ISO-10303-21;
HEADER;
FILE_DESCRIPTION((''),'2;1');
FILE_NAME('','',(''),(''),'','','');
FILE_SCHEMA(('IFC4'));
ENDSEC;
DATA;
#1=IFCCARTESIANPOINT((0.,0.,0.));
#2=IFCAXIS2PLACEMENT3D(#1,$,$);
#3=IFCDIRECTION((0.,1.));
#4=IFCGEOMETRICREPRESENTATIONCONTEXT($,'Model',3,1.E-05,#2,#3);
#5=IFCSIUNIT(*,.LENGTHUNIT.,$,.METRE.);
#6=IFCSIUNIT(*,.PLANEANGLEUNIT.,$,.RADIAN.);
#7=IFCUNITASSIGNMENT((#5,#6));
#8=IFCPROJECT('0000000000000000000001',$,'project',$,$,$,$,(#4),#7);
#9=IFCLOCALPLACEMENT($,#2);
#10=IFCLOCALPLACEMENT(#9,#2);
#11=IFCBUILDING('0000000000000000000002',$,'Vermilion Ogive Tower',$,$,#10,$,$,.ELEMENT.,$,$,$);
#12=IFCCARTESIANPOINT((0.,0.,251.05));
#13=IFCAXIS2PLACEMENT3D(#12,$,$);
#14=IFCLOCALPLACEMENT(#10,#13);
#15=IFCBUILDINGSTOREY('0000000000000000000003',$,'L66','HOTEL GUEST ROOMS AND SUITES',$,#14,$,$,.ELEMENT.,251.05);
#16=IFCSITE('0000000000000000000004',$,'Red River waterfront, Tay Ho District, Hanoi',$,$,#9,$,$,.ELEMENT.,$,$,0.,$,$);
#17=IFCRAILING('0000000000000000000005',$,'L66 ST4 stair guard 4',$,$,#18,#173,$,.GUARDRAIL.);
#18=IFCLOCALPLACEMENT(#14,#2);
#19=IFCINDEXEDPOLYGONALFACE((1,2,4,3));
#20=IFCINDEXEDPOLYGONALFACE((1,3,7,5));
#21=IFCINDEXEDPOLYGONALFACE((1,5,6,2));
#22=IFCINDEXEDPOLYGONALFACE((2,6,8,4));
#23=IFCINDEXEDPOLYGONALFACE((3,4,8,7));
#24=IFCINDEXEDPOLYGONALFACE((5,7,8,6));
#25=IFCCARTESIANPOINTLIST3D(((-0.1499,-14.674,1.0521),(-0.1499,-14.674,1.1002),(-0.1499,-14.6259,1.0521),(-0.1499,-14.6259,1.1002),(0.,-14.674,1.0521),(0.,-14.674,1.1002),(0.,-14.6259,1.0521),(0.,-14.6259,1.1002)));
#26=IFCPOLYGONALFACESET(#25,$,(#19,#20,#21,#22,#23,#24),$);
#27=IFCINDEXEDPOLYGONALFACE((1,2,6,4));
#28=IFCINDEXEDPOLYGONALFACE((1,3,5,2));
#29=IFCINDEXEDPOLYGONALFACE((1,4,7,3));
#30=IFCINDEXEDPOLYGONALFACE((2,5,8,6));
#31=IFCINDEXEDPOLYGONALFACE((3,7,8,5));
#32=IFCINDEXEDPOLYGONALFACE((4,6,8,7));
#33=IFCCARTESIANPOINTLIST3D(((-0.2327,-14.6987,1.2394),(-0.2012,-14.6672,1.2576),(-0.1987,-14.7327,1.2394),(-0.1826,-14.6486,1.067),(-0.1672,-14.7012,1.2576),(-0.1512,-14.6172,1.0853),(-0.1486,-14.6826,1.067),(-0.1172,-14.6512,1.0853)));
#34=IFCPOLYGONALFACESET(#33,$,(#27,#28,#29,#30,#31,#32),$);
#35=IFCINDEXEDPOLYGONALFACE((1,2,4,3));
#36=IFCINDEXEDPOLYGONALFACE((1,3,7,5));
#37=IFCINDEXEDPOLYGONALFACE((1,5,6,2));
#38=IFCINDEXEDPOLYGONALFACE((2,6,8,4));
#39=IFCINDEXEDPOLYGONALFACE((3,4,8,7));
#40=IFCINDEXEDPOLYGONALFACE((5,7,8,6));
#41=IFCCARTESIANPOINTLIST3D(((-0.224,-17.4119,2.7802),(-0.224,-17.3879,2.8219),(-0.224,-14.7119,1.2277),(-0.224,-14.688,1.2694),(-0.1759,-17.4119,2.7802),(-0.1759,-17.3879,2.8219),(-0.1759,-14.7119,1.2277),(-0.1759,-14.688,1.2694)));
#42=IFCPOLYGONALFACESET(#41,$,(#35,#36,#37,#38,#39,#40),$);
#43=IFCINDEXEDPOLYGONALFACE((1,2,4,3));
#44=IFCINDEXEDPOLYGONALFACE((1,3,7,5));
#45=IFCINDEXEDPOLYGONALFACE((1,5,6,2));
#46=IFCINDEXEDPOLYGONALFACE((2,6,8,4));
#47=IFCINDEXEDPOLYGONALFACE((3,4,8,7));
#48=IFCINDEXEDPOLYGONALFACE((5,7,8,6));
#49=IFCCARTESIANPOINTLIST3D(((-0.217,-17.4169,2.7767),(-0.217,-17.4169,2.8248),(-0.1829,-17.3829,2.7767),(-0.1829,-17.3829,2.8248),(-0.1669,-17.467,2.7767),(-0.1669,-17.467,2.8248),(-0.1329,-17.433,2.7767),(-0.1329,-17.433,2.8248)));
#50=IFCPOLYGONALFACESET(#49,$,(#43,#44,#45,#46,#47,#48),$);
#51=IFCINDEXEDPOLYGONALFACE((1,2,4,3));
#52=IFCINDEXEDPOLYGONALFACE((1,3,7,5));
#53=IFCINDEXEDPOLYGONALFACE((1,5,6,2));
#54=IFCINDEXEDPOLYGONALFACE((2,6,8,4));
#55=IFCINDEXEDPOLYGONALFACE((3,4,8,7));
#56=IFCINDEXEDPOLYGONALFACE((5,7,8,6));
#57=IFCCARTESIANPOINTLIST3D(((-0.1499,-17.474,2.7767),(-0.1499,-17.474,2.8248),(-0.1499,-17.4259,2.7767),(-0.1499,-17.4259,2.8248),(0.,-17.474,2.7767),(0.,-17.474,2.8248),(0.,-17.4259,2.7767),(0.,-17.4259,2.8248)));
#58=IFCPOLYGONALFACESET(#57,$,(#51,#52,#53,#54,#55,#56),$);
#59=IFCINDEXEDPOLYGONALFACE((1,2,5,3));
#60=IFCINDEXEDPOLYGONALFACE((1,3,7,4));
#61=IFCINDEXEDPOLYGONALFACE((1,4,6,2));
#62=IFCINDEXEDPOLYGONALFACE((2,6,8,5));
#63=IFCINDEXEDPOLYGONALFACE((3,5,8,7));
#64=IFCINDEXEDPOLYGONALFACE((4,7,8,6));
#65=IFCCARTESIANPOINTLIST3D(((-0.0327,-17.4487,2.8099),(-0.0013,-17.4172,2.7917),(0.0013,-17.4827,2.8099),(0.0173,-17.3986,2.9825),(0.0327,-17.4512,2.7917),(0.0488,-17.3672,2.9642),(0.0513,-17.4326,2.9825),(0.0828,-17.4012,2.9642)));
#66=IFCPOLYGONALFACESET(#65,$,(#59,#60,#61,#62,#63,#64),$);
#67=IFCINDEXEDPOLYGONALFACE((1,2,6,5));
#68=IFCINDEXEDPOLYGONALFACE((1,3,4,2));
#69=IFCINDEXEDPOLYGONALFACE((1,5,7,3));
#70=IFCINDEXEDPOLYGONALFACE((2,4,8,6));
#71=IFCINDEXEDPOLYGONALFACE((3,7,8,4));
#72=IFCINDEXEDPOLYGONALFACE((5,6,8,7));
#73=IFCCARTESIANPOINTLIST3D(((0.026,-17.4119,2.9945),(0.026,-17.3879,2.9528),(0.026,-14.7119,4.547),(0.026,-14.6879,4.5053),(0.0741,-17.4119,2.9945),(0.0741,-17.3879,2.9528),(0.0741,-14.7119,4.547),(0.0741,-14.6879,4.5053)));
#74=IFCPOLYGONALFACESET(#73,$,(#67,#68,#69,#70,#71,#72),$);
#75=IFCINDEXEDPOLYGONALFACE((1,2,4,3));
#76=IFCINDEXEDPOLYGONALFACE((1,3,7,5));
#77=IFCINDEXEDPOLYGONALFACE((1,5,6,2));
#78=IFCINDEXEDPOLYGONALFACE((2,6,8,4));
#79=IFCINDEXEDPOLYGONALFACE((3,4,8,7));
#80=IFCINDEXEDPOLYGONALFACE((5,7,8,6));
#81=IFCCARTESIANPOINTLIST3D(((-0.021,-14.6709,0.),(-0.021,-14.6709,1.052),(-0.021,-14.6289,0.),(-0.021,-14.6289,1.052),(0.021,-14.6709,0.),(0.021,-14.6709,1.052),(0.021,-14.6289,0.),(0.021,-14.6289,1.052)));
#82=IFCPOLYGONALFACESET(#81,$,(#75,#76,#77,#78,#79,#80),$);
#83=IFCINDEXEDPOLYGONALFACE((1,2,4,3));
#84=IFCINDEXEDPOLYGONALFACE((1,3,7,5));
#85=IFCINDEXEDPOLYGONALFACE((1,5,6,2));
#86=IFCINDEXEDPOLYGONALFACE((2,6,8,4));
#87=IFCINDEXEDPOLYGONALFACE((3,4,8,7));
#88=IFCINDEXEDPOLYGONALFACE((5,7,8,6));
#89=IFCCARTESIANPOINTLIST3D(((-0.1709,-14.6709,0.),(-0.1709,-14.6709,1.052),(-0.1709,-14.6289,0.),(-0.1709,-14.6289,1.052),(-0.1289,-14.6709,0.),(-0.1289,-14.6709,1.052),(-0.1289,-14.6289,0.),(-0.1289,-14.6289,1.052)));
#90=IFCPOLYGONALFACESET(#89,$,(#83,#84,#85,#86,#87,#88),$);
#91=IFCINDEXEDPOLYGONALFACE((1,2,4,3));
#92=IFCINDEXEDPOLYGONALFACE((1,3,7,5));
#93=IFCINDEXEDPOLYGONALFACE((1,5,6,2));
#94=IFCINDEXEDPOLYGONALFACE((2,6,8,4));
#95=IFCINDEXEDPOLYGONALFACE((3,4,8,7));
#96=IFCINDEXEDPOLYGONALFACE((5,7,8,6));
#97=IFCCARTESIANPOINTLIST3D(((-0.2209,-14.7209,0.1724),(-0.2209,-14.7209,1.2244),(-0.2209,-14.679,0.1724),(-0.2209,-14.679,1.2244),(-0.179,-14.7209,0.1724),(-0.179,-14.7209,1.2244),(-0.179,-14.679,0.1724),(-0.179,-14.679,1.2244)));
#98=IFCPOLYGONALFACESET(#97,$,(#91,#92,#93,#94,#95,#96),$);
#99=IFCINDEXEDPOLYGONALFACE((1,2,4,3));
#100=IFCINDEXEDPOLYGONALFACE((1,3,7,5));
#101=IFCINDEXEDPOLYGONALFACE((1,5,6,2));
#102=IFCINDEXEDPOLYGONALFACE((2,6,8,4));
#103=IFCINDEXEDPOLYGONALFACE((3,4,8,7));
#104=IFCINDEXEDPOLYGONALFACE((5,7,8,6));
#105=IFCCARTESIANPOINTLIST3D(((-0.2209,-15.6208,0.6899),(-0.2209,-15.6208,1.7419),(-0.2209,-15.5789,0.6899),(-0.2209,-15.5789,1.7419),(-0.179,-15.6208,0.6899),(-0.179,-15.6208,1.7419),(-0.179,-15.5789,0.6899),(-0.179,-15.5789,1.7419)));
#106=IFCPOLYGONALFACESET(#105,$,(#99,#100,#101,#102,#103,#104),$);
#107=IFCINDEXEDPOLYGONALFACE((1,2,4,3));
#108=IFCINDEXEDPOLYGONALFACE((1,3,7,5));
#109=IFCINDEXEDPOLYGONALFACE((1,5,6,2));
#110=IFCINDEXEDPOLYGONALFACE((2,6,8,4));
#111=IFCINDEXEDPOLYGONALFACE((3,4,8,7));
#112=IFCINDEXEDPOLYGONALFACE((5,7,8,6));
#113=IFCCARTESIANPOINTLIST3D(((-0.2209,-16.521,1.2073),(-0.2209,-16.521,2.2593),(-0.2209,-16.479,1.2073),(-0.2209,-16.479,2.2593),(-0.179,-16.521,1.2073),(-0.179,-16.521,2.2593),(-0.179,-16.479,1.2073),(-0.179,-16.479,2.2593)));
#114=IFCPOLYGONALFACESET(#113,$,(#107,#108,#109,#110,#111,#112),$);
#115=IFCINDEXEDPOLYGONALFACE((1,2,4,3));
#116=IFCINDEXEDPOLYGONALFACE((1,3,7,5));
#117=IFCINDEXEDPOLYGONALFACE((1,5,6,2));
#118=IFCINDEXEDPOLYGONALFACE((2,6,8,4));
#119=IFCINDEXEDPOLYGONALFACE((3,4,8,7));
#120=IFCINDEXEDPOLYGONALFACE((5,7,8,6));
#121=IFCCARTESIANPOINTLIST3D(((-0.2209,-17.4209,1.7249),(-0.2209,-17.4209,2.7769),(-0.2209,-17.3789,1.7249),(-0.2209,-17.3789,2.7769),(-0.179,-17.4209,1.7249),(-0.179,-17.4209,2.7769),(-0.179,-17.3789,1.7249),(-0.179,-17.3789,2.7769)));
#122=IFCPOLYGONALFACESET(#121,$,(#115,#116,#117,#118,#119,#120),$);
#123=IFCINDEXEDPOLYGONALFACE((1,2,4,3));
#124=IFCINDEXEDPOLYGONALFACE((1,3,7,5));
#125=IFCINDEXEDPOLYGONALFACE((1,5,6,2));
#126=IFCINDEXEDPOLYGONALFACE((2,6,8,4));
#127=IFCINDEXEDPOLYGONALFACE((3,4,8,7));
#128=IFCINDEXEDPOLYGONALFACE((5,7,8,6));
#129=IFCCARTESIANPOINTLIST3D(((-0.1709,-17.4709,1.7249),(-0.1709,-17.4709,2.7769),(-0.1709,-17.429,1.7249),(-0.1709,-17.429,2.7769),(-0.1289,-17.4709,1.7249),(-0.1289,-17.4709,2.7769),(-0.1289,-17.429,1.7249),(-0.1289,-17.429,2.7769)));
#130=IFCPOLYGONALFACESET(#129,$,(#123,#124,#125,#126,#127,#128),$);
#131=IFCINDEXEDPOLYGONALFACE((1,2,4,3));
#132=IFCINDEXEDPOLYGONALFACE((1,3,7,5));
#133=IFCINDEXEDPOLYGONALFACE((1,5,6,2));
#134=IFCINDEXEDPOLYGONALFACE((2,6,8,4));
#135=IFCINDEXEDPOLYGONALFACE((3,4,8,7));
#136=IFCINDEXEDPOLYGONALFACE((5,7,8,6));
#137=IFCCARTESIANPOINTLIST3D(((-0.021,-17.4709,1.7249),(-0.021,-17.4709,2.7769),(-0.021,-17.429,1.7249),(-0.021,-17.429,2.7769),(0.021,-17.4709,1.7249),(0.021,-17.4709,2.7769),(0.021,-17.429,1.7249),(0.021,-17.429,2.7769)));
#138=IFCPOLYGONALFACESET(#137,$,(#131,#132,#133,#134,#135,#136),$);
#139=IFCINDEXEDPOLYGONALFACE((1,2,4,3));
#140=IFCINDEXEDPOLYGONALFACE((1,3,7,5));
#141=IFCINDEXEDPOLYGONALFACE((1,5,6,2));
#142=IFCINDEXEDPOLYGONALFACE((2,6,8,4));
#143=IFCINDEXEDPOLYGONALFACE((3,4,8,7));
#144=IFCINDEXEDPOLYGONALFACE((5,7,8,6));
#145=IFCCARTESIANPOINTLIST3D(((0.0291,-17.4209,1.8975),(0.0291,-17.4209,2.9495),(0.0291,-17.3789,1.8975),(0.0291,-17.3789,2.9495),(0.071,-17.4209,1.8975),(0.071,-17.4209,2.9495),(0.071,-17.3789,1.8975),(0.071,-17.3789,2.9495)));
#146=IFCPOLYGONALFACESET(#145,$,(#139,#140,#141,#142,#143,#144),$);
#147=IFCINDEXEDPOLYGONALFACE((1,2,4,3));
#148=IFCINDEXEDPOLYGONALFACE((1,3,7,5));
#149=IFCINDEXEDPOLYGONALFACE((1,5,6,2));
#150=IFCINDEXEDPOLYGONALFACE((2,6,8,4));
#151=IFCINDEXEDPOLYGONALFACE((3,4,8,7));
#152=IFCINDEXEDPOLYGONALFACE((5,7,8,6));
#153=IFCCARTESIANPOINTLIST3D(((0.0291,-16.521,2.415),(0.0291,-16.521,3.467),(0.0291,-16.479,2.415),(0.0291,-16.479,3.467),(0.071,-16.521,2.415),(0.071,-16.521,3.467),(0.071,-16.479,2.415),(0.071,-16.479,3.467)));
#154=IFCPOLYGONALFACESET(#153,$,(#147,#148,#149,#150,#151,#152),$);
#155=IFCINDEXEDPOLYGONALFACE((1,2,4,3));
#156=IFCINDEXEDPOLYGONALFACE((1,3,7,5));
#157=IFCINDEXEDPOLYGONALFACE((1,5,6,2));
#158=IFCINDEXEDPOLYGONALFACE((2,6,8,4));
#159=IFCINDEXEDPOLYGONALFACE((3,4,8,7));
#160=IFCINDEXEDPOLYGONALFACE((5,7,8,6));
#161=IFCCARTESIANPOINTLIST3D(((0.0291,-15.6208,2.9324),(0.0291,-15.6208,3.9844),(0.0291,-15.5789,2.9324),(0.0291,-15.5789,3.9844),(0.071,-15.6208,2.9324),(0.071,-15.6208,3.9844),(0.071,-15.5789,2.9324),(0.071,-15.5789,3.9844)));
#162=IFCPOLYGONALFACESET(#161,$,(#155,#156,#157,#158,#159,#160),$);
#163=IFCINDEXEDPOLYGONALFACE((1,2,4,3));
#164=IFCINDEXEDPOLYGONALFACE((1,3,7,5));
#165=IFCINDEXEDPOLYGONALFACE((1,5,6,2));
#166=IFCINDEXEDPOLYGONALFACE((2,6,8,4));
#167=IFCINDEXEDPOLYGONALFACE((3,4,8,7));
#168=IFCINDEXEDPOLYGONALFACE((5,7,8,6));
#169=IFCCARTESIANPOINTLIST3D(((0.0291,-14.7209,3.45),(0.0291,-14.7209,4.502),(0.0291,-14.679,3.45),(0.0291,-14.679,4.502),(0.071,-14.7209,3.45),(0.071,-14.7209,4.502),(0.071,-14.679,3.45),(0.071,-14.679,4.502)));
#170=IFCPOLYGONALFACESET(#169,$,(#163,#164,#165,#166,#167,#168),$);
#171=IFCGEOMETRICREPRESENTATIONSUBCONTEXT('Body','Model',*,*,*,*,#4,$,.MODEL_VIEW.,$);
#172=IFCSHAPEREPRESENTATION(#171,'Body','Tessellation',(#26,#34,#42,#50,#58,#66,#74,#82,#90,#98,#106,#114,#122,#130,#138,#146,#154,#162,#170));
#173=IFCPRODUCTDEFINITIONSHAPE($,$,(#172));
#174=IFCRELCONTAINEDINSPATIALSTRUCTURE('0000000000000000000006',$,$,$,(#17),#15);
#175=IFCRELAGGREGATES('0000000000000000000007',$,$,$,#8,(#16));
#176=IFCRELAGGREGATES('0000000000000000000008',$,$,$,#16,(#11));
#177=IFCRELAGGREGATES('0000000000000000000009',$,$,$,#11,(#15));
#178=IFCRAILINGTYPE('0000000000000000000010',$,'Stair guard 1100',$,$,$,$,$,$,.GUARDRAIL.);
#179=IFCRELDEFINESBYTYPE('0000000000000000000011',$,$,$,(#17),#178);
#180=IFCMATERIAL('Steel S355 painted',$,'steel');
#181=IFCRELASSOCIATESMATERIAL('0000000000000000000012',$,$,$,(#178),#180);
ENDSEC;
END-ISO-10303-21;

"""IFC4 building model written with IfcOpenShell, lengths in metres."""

from ifc_helpers import new_model, si_unit, direction, frame, origin, origin_2d, place, context, subcontext, project, spatial, rectangle, extrude, material, type_object, element, save


model = new_model("IFC4")

# Units and contexts
model_context = context("Model", 3, precision=1e-05, world=origin(), true_north=direction((0.0, 1.0)))
body_context = subcontext(model_context, "Body", "Model", "MODEL_VIEW")
ifc_project = project(units=[si_unit("LENGTHUNIT", "METRE"), si_unit("PLANEANGLEUNIT", "RADIAN")], contexts=[model_context])

# Site, building, storey
site_placement = place(None, origin())
site = spatial("IfcSite", under=ifc_project, at=site_placement, Name="Red River waterfront, Tay Ho District, Hanoi", CompositionType="ELEMENT", RefElevation=0.0)
building_placement = place(site_placement, origin())
building = spatial("IfcBuilding", under=site, at=building_placement, Name="Vermilion Ogive Tower", CompositionType="ELEMENT")
storey_placement = place(building_placement, frame((0.0, 0.0, 251.05)))
storey = spatial("IfcBuildingStorey", under=building, at=storey_placement, Name="L66", Description="HOTEL GUEST ROOMS AND SUITES", CompositionType="ELEMENT", Elevation=251.05)

# Railing
ifc_material_1 = material(Name="Steel S355 painted", Category="steel")
railing_type_1 = type_object("IfcRailingType", Name="Stair guard 1100", PredefinedType="GUARDRAIL", material=ifc_material_1)
railing_1_placement = place(storey_placement, frame((0.0, -14.6499, 0.0)))
element("IfcRailing", 1, at=railing_1_placement, inside=storey, type_object=railing_type_1, Name="L66 ST4 stair guard 4", PredefinedType="GUARDRAIL", context=body_context, shape_type="SweptSolid", body=[
    extrude(rectangle(XDim=0.0481, YDim=0.0481, at=origin_2d()), frame((0.0, 0.0, 1.0762), z_axis=(-1.0, 0.0, 0.0), x_axis=(0.0, -1.0, 0.0)), (0.0, 0.0, 1.0), 0.1499),
    extrude(rectangle(XDim=0.0481, YDim=0.0481, at=origin_2d()), frame((-0.1499, 0.0, 1.0762), z_axis=(-0.268603, -0.268603, 0.925043), x_axis=(0.707107, -0.707107, 0.0)), (0.0, 0.0, 1.0), 0.1863),
    extrude(rectangle(XDim=0.0481, YDim=0.0481, at=origin_2d()), frame((-0.2, -0.05, 1.2485), z_axis=(0.0, -0.866904, 0.498476), x_axis=(1.0, 0.0, 0.0)), (0.0, 0.0, 1.0), 3.1145),
    extrude(rectangle(XDim=0.0481, YDim=0.0481, at=origin_2d()), frame((-0.2, -2.75, 2.8008), z_axis=(0.707107, -0.707107, 0.0), x_axis=(0.707107, 0.707107, 0.0)), (0.0, 0.0, 1.0), 0.0708),
    extrude(rectangle(XDim=0.0481, YDim=0.0481, at=origin_2d()), frame((-0.1499, -2.8, 2.8008), z_axis=(1.0, 0.0, 0.0), x_axis=(0.0, 1.0, 0.0)), (0.0, 0.0, 1.0), 0.1499),
    extrude(rectangle(XDim=0.0481, YDim=0.0481, at=origin_2d()), frame((0.0, -2.8, 2.8008), z_axis=(0.268278, 0.268278, 0.925232), x_axis=(-0.707107, 0.707107, 0.0)), (0.0, 0.0, 1.0), 0.1865),
    extrude(rectangle(XDim=0.0481, YDim=0.0481, at=origin_2d()), frame((0.05, -2.75, 2.9736), z_axis=(0.0, 0.866904, 0.498476), x_axis=(-1.0, 0.0, 0.0)), (0.0, 0.0, 1.0), 3.1145),
    extrude(rectangle(XDim=0.042, YDim=0.042, at=origin_2d()), origin(), (0.0, 0.0, 1.0), 1.052),
    extrude(rectangle(XDim=0.042, YDim=0.042, at=origin_2d()), frame((-0.1499, 0.0, 0.0)), (0.0, 0.0, 1.0), 1.052),
    extrude(rectangle(XDim=0.042, YDim=0.042, at=origin_2d()), frame((-0.2, -0.05, 0.1724)), (0.0, 0.0, 1.0), 1.052),
    extrude(rectangle(XDim=0.042, YDim=0.042, at=origin_2d()), frame((-0.2, -0.95, 0.6899)), (0.0, 0.0, 1.0), 1.052),
    extrude(rectangle(XDim=0.042, YDim=0.042, at=origin_2d()), frame((-0.2, -1.8501, 1.2073)), (0.0, 0.0, 1.0), 1.052),
    extrude(rectangle(XDim=0.042, YDim=0.042, at=origin_2d()), frame((-0.2, -2.75, 1.7249)), (0.0, 0.0, 1.0), 1.052),
    extrude(rectangle(XDim=0.042, YDim=0.042, at=origin_2d()), frame((-0.1499, -2.8, 1.7249)), (0.0, 0.0, 1.0), 1.052),
    extrude(rectangle(XDim=0.042, YDim=0.042, at=origin_2d()), frame((0.0, -2.8, 1.7249)), (0.0, 0.0, 1.0), 1.052),
    extrude(rectangle(XDim=0.042, YDim=0.042, at=origin_2d()), frame((0.05, -2.75, 1.8975)), (0.0, 0.0, 1.0), 1.052),
    extrude(rectangle(XDim=0.042, YDim=0.042, at=origin_2d()), frame((0.05, -1.8501, 2.415)), (0.0, 0.0, 1.0), 1.052),
    extrude(rectangle(XDim=0.042, YDim=0.042, at=origin_2d()), frame((0.05, -0.95, 2.9324)), (0.0, 0.0, 1.0), 1.052),
    extrude(rectangle(XDim=0.042, YDim=0.042, at=origin_2d()), frame((0.05, -0.05, 3.45)), (0.0, 0.0, 1.0), 1.052),
])

save(model, "model.ifc")
